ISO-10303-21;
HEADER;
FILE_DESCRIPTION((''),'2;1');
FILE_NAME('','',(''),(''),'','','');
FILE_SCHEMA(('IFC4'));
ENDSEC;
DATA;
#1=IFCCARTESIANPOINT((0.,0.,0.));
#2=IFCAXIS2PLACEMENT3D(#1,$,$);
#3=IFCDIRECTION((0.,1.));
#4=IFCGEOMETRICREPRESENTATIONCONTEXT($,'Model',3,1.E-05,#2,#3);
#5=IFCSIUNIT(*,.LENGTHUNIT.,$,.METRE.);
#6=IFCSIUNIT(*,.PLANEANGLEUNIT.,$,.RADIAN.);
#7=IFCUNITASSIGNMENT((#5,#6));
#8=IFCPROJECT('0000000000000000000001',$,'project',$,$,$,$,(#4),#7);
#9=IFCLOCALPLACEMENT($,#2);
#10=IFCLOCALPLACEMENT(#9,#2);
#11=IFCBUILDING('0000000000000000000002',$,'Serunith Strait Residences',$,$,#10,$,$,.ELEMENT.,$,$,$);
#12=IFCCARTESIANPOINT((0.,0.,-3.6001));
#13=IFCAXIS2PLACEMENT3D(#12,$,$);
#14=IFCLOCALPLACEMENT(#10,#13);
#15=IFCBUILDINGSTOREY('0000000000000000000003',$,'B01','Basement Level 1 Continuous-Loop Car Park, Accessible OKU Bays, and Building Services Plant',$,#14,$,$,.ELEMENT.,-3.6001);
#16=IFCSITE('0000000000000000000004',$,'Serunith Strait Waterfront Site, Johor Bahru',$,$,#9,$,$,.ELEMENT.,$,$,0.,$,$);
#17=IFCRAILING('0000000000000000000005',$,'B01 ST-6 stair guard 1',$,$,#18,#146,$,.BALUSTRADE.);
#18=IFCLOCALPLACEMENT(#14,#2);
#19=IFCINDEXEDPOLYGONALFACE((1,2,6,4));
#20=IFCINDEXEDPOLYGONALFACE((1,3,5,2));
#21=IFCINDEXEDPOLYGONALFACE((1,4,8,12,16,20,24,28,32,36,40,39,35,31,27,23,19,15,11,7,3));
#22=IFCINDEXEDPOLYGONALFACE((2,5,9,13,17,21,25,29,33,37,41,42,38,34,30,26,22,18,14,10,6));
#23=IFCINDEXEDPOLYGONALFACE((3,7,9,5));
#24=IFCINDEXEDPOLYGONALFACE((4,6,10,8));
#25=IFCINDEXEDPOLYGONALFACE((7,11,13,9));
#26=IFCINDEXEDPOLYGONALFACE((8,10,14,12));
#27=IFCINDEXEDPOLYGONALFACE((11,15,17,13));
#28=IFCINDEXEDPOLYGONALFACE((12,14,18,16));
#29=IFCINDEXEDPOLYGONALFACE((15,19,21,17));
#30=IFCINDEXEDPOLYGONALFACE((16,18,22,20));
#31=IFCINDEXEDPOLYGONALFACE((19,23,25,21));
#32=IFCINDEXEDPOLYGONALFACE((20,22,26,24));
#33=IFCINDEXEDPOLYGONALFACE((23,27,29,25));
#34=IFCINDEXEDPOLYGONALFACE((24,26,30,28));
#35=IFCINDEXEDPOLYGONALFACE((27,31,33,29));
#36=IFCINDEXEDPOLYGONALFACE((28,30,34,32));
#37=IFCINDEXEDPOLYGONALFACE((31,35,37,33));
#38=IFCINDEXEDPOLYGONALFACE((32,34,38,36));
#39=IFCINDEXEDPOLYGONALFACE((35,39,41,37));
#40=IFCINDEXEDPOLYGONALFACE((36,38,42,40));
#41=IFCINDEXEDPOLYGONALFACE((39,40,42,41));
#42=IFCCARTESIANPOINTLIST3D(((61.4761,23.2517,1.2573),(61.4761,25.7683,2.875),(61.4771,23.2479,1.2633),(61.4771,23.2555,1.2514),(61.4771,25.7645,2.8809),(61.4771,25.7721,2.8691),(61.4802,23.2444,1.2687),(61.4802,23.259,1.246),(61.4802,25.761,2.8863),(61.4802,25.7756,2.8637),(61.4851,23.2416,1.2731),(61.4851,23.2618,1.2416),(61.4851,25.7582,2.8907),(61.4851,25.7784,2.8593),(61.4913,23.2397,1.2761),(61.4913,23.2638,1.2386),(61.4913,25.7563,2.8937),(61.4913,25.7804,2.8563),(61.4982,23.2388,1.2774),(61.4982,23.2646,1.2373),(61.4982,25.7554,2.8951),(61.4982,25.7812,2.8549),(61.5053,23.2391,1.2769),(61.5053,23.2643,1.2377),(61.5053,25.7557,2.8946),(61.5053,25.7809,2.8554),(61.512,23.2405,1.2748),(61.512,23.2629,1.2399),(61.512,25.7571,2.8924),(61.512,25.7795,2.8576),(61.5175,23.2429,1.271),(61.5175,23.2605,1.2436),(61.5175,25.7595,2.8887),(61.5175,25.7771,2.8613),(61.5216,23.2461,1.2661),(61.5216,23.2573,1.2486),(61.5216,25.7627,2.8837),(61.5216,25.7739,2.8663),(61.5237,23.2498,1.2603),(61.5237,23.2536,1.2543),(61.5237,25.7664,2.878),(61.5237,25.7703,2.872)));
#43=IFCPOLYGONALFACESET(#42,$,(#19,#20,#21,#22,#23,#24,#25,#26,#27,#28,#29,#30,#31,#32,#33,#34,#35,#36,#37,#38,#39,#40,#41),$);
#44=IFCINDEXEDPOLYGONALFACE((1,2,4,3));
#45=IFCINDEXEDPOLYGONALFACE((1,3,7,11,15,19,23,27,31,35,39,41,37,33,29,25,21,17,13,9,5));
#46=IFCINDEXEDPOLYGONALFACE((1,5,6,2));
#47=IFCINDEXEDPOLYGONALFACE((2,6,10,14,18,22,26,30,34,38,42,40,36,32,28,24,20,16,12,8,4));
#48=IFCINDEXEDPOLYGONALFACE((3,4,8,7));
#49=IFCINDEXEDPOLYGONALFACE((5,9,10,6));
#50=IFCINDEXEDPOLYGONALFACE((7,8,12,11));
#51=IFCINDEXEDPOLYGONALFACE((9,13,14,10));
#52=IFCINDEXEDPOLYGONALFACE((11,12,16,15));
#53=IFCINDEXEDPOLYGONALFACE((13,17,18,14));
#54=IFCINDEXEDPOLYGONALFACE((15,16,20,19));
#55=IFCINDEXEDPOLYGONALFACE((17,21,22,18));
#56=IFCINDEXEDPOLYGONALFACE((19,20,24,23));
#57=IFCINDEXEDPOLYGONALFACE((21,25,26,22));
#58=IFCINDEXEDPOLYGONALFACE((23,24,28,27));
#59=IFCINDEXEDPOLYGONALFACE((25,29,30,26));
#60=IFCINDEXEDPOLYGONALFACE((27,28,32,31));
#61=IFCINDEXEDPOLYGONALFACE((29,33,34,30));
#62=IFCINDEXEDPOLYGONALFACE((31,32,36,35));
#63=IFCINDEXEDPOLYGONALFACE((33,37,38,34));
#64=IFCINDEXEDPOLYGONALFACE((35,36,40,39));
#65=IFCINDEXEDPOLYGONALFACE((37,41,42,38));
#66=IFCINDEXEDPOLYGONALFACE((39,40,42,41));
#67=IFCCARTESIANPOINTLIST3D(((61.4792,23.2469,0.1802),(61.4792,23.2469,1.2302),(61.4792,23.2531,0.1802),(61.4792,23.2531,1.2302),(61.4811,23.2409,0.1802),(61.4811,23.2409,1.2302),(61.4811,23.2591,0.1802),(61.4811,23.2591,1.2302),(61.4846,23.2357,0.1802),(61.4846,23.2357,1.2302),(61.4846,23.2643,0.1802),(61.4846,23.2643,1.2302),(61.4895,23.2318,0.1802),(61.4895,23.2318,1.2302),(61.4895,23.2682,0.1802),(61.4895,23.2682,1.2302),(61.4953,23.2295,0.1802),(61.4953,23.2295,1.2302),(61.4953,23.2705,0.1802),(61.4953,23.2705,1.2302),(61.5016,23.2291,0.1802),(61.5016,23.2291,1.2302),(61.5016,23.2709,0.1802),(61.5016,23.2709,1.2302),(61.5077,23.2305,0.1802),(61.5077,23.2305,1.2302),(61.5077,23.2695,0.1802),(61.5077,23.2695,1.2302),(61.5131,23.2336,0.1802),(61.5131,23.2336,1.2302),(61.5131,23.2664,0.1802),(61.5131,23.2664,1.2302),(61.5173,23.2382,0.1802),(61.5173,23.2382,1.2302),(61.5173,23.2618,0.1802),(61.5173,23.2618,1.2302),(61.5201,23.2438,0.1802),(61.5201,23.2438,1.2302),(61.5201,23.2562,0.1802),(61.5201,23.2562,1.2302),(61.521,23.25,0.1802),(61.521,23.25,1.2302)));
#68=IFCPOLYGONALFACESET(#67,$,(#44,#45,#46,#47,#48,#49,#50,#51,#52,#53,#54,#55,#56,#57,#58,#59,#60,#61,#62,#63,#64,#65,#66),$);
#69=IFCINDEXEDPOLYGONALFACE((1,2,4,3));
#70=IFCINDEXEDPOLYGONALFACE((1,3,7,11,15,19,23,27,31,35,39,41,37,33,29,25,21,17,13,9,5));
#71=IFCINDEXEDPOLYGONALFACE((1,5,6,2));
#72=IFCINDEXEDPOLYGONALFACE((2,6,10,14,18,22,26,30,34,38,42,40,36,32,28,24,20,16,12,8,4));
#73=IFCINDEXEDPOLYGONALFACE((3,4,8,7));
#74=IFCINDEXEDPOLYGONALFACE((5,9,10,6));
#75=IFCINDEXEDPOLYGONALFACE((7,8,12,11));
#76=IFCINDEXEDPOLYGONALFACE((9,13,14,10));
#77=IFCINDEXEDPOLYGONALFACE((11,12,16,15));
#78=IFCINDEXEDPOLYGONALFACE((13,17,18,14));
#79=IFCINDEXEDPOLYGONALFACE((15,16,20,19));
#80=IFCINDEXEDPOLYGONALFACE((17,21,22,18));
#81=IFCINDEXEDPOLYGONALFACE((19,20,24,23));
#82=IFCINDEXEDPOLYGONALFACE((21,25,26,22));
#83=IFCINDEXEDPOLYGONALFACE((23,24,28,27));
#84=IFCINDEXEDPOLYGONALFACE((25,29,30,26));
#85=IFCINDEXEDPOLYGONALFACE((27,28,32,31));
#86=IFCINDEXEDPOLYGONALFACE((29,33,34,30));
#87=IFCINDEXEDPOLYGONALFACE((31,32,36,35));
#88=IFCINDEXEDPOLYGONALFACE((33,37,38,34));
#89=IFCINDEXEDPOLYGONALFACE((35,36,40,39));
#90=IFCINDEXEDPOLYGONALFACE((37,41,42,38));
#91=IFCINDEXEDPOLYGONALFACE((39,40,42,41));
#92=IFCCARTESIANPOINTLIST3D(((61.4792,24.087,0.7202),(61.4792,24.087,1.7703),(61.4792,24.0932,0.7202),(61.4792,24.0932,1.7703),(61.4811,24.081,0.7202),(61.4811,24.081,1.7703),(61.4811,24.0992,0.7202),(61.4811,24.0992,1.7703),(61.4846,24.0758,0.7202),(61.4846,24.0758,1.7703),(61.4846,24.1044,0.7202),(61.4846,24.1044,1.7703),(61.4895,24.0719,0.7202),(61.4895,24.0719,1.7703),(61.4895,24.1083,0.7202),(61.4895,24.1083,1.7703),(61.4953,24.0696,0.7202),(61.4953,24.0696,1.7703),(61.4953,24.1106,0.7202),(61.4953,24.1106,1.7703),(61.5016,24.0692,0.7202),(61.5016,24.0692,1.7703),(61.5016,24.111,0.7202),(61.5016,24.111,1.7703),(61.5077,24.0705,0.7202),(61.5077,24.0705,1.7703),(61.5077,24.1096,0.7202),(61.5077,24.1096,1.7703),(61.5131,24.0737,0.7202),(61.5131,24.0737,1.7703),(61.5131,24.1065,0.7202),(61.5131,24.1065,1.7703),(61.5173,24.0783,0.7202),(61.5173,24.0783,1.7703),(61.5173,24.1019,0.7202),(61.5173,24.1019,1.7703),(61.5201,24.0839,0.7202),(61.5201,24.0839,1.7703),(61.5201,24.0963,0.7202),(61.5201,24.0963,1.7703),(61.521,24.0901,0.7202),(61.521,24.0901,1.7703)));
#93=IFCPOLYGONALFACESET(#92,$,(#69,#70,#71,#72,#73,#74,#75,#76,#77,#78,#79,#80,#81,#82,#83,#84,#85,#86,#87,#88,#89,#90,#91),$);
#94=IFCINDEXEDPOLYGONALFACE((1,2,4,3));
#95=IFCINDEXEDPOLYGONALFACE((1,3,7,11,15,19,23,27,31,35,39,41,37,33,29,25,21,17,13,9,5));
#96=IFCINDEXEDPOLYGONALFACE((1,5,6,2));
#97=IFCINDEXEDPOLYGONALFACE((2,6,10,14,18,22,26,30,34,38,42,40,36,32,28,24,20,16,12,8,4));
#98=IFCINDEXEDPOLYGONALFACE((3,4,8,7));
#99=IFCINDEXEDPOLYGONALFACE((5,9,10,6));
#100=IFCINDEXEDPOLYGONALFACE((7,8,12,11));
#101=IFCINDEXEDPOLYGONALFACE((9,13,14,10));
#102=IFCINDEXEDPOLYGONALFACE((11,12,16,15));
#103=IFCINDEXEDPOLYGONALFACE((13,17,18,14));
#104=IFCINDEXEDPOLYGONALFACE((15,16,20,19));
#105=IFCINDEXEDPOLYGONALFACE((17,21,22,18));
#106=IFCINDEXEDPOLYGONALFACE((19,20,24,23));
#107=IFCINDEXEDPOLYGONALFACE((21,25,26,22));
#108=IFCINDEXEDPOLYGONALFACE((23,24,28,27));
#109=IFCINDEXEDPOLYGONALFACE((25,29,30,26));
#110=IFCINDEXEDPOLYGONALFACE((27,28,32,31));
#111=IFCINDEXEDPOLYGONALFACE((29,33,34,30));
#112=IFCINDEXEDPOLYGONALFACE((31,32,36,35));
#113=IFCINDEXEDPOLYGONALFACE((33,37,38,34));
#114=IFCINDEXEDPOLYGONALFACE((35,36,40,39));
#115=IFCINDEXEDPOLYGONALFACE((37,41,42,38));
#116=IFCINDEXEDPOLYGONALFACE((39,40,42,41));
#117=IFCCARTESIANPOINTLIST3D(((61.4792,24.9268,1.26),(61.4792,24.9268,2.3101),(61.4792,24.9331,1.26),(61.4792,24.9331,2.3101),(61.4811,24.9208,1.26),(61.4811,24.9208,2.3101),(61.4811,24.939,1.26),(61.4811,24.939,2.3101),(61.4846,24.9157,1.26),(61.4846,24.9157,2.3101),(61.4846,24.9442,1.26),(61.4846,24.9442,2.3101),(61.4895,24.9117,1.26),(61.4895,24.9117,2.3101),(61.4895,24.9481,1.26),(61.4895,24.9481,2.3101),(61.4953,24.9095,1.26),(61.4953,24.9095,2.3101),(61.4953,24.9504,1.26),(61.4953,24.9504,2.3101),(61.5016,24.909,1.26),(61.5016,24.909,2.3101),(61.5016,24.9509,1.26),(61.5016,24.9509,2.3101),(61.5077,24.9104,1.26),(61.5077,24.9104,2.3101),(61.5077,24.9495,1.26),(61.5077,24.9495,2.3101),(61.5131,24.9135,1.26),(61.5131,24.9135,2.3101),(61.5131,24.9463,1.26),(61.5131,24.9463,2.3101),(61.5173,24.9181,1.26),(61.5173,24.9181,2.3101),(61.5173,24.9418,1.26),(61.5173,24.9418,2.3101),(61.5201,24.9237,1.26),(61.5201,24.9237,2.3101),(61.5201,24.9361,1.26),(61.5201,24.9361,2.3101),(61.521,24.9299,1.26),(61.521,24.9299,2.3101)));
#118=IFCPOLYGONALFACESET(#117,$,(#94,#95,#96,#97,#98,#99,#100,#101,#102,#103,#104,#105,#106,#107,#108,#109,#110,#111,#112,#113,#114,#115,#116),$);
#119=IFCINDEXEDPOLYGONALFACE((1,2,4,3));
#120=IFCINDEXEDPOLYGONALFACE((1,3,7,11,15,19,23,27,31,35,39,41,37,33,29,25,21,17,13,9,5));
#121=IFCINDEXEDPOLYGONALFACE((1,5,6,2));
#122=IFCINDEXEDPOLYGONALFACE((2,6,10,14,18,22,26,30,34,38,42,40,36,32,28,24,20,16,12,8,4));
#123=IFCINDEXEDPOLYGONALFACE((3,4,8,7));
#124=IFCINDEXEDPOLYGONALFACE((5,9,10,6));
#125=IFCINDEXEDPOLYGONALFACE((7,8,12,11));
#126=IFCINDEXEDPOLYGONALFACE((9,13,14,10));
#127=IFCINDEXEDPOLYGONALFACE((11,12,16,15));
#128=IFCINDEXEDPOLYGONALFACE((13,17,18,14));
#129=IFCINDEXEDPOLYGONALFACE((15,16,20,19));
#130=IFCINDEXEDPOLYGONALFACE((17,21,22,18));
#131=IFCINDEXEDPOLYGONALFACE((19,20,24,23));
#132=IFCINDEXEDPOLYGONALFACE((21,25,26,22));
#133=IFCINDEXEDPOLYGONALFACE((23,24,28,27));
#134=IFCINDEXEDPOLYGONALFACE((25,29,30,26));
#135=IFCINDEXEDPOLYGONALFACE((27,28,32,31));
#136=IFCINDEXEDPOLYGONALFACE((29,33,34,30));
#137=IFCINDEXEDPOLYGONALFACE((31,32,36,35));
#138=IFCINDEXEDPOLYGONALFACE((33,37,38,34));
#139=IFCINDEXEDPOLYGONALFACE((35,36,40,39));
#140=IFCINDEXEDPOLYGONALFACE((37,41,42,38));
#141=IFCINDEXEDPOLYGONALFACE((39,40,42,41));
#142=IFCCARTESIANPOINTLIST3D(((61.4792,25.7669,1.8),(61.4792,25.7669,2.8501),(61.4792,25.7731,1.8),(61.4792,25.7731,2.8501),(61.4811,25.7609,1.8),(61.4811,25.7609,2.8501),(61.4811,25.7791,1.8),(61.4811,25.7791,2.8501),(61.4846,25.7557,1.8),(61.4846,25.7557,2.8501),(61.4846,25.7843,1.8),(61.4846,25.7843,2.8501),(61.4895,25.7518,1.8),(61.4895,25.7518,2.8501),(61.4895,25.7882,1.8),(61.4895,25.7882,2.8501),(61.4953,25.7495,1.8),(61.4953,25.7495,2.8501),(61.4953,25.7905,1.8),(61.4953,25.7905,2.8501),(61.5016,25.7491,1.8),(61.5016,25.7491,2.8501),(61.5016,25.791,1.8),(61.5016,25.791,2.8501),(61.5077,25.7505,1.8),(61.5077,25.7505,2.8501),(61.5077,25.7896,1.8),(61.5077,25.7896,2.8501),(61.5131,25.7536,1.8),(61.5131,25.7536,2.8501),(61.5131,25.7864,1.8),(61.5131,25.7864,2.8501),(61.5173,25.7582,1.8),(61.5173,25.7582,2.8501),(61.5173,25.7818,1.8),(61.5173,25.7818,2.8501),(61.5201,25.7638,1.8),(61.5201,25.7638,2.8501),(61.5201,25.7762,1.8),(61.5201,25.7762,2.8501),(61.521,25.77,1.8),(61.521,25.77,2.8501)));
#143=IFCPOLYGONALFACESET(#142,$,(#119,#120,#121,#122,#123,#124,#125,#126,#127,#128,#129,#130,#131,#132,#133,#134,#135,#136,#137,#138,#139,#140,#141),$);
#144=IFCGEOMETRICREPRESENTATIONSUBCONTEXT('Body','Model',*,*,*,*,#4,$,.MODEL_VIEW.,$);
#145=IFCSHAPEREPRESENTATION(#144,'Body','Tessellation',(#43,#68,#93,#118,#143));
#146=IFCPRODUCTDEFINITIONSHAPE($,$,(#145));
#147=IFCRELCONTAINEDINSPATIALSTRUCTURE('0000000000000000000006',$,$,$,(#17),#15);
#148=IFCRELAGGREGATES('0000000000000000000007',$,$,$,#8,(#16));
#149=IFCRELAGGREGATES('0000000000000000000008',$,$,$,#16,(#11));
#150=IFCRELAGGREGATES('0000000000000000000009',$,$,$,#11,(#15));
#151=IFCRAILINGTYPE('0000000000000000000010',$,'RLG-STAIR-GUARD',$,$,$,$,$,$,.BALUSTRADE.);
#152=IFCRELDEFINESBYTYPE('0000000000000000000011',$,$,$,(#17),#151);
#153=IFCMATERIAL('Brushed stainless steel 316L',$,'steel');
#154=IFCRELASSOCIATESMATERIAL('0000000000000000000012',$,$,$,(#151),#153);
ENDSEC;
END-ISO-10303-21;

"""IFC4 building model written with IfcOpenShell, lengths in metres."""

from ifc_helpers import new_model, si_unit, direction, frame, origin, origin_2d, place, context, subcontext, project, spatial, circle, extrude, material, type_object, element, save


model = new_model("IFC4")

# Units and contexts
model_context = context("Model", 3, precision=1e-05, world=origin(), true_north=direction((0.0, 1.0)))
body_context = subcontext(model_context, "Body", "Model", "MODEL_VIEW")
ifc_project = project(units=[si_unit("LENGTHUNIT", "METRE"), si_unit("PLANEANGLEUNIT", "RADIAN")], contexts=[model_context])

# Site, building, storey
site_placement = place(None, origin())
site = spatial("IfcSite", under=ifc_project, at=site_placement, Name="Serunith Strait Waterfront Site, Johor Bahru", CompositionType="ELEMENT", RefElevation=0.0)
building_placement = place(site_placement, origin())
building = spatial("IfcBuilding", under=site, at=building_placement, Name="Serunith Strait Residences", CompositionType="ELEMENT")
storey_placement = place(building_placement, frame((0.0, 0.0, -3.6001)))
storey = spatial("IfcBuildingStorey", under=building, at=storey_placement, Name="B01", Description="Basement Level 1 Continuous-Loop Car Park, Accessible OKU Bays, and Building Services Plant", CompositionType="ELEMENT", Elevation=-3.6001)

# Railing
ifc_material_1 = material(Name="Brushed stainless steel 316L", Category="steel")
railing_type_1 = type_object("IfcRailingType", Name="RLG-STAIR-GUARD", PredefinedType="BALUSTRADE", material=ifc_material_1)
railing_1_placement = place(storey_placement, frame((61.5, 23.25, 0.1802)))
element("IfcRailing", 1, at=railing_1_placement, inside=storey, type_object=railing_type_1, Name="B01 ST-6 stair guard 1", PredefinedType="BALUSTRADE", context=body_context, shape_type="SweptSolid", body=[
    extrude(circle(Radius=0.0239, at=origin_2d()), frame((0.0, 0.0017, 1.0771), z_axis=(0.0, 0.8412, 0.540725), x_axis=(-1.0, 0.0, 0.0)), (0.0, 0.0, 1.0), 2.9917),
    extrude(circle(Radius=0.021, at=origin_2d()), origin(), (0.0, 0.0, 1.0), 1.05),
    extrude(circle(Radius=0.021, at=origin_2d()), frame((0.0, 0.8401, 0.54)), (0.0, 0.0, 1.0), 1.05),
    extrude(circle(Radius=0.021, at=origin_2d()), frame((0.0, 1.6799, 1.0798)), (0.0, 0.0, 1.0), 1.05),
    extrude(circle(Radius=0.021, at=origin_2d()), frame((0.0, 2.52, 1.6199)), (0.0, 0.0, 1.0), 1.05),
])

save(model, "model.ifc")
